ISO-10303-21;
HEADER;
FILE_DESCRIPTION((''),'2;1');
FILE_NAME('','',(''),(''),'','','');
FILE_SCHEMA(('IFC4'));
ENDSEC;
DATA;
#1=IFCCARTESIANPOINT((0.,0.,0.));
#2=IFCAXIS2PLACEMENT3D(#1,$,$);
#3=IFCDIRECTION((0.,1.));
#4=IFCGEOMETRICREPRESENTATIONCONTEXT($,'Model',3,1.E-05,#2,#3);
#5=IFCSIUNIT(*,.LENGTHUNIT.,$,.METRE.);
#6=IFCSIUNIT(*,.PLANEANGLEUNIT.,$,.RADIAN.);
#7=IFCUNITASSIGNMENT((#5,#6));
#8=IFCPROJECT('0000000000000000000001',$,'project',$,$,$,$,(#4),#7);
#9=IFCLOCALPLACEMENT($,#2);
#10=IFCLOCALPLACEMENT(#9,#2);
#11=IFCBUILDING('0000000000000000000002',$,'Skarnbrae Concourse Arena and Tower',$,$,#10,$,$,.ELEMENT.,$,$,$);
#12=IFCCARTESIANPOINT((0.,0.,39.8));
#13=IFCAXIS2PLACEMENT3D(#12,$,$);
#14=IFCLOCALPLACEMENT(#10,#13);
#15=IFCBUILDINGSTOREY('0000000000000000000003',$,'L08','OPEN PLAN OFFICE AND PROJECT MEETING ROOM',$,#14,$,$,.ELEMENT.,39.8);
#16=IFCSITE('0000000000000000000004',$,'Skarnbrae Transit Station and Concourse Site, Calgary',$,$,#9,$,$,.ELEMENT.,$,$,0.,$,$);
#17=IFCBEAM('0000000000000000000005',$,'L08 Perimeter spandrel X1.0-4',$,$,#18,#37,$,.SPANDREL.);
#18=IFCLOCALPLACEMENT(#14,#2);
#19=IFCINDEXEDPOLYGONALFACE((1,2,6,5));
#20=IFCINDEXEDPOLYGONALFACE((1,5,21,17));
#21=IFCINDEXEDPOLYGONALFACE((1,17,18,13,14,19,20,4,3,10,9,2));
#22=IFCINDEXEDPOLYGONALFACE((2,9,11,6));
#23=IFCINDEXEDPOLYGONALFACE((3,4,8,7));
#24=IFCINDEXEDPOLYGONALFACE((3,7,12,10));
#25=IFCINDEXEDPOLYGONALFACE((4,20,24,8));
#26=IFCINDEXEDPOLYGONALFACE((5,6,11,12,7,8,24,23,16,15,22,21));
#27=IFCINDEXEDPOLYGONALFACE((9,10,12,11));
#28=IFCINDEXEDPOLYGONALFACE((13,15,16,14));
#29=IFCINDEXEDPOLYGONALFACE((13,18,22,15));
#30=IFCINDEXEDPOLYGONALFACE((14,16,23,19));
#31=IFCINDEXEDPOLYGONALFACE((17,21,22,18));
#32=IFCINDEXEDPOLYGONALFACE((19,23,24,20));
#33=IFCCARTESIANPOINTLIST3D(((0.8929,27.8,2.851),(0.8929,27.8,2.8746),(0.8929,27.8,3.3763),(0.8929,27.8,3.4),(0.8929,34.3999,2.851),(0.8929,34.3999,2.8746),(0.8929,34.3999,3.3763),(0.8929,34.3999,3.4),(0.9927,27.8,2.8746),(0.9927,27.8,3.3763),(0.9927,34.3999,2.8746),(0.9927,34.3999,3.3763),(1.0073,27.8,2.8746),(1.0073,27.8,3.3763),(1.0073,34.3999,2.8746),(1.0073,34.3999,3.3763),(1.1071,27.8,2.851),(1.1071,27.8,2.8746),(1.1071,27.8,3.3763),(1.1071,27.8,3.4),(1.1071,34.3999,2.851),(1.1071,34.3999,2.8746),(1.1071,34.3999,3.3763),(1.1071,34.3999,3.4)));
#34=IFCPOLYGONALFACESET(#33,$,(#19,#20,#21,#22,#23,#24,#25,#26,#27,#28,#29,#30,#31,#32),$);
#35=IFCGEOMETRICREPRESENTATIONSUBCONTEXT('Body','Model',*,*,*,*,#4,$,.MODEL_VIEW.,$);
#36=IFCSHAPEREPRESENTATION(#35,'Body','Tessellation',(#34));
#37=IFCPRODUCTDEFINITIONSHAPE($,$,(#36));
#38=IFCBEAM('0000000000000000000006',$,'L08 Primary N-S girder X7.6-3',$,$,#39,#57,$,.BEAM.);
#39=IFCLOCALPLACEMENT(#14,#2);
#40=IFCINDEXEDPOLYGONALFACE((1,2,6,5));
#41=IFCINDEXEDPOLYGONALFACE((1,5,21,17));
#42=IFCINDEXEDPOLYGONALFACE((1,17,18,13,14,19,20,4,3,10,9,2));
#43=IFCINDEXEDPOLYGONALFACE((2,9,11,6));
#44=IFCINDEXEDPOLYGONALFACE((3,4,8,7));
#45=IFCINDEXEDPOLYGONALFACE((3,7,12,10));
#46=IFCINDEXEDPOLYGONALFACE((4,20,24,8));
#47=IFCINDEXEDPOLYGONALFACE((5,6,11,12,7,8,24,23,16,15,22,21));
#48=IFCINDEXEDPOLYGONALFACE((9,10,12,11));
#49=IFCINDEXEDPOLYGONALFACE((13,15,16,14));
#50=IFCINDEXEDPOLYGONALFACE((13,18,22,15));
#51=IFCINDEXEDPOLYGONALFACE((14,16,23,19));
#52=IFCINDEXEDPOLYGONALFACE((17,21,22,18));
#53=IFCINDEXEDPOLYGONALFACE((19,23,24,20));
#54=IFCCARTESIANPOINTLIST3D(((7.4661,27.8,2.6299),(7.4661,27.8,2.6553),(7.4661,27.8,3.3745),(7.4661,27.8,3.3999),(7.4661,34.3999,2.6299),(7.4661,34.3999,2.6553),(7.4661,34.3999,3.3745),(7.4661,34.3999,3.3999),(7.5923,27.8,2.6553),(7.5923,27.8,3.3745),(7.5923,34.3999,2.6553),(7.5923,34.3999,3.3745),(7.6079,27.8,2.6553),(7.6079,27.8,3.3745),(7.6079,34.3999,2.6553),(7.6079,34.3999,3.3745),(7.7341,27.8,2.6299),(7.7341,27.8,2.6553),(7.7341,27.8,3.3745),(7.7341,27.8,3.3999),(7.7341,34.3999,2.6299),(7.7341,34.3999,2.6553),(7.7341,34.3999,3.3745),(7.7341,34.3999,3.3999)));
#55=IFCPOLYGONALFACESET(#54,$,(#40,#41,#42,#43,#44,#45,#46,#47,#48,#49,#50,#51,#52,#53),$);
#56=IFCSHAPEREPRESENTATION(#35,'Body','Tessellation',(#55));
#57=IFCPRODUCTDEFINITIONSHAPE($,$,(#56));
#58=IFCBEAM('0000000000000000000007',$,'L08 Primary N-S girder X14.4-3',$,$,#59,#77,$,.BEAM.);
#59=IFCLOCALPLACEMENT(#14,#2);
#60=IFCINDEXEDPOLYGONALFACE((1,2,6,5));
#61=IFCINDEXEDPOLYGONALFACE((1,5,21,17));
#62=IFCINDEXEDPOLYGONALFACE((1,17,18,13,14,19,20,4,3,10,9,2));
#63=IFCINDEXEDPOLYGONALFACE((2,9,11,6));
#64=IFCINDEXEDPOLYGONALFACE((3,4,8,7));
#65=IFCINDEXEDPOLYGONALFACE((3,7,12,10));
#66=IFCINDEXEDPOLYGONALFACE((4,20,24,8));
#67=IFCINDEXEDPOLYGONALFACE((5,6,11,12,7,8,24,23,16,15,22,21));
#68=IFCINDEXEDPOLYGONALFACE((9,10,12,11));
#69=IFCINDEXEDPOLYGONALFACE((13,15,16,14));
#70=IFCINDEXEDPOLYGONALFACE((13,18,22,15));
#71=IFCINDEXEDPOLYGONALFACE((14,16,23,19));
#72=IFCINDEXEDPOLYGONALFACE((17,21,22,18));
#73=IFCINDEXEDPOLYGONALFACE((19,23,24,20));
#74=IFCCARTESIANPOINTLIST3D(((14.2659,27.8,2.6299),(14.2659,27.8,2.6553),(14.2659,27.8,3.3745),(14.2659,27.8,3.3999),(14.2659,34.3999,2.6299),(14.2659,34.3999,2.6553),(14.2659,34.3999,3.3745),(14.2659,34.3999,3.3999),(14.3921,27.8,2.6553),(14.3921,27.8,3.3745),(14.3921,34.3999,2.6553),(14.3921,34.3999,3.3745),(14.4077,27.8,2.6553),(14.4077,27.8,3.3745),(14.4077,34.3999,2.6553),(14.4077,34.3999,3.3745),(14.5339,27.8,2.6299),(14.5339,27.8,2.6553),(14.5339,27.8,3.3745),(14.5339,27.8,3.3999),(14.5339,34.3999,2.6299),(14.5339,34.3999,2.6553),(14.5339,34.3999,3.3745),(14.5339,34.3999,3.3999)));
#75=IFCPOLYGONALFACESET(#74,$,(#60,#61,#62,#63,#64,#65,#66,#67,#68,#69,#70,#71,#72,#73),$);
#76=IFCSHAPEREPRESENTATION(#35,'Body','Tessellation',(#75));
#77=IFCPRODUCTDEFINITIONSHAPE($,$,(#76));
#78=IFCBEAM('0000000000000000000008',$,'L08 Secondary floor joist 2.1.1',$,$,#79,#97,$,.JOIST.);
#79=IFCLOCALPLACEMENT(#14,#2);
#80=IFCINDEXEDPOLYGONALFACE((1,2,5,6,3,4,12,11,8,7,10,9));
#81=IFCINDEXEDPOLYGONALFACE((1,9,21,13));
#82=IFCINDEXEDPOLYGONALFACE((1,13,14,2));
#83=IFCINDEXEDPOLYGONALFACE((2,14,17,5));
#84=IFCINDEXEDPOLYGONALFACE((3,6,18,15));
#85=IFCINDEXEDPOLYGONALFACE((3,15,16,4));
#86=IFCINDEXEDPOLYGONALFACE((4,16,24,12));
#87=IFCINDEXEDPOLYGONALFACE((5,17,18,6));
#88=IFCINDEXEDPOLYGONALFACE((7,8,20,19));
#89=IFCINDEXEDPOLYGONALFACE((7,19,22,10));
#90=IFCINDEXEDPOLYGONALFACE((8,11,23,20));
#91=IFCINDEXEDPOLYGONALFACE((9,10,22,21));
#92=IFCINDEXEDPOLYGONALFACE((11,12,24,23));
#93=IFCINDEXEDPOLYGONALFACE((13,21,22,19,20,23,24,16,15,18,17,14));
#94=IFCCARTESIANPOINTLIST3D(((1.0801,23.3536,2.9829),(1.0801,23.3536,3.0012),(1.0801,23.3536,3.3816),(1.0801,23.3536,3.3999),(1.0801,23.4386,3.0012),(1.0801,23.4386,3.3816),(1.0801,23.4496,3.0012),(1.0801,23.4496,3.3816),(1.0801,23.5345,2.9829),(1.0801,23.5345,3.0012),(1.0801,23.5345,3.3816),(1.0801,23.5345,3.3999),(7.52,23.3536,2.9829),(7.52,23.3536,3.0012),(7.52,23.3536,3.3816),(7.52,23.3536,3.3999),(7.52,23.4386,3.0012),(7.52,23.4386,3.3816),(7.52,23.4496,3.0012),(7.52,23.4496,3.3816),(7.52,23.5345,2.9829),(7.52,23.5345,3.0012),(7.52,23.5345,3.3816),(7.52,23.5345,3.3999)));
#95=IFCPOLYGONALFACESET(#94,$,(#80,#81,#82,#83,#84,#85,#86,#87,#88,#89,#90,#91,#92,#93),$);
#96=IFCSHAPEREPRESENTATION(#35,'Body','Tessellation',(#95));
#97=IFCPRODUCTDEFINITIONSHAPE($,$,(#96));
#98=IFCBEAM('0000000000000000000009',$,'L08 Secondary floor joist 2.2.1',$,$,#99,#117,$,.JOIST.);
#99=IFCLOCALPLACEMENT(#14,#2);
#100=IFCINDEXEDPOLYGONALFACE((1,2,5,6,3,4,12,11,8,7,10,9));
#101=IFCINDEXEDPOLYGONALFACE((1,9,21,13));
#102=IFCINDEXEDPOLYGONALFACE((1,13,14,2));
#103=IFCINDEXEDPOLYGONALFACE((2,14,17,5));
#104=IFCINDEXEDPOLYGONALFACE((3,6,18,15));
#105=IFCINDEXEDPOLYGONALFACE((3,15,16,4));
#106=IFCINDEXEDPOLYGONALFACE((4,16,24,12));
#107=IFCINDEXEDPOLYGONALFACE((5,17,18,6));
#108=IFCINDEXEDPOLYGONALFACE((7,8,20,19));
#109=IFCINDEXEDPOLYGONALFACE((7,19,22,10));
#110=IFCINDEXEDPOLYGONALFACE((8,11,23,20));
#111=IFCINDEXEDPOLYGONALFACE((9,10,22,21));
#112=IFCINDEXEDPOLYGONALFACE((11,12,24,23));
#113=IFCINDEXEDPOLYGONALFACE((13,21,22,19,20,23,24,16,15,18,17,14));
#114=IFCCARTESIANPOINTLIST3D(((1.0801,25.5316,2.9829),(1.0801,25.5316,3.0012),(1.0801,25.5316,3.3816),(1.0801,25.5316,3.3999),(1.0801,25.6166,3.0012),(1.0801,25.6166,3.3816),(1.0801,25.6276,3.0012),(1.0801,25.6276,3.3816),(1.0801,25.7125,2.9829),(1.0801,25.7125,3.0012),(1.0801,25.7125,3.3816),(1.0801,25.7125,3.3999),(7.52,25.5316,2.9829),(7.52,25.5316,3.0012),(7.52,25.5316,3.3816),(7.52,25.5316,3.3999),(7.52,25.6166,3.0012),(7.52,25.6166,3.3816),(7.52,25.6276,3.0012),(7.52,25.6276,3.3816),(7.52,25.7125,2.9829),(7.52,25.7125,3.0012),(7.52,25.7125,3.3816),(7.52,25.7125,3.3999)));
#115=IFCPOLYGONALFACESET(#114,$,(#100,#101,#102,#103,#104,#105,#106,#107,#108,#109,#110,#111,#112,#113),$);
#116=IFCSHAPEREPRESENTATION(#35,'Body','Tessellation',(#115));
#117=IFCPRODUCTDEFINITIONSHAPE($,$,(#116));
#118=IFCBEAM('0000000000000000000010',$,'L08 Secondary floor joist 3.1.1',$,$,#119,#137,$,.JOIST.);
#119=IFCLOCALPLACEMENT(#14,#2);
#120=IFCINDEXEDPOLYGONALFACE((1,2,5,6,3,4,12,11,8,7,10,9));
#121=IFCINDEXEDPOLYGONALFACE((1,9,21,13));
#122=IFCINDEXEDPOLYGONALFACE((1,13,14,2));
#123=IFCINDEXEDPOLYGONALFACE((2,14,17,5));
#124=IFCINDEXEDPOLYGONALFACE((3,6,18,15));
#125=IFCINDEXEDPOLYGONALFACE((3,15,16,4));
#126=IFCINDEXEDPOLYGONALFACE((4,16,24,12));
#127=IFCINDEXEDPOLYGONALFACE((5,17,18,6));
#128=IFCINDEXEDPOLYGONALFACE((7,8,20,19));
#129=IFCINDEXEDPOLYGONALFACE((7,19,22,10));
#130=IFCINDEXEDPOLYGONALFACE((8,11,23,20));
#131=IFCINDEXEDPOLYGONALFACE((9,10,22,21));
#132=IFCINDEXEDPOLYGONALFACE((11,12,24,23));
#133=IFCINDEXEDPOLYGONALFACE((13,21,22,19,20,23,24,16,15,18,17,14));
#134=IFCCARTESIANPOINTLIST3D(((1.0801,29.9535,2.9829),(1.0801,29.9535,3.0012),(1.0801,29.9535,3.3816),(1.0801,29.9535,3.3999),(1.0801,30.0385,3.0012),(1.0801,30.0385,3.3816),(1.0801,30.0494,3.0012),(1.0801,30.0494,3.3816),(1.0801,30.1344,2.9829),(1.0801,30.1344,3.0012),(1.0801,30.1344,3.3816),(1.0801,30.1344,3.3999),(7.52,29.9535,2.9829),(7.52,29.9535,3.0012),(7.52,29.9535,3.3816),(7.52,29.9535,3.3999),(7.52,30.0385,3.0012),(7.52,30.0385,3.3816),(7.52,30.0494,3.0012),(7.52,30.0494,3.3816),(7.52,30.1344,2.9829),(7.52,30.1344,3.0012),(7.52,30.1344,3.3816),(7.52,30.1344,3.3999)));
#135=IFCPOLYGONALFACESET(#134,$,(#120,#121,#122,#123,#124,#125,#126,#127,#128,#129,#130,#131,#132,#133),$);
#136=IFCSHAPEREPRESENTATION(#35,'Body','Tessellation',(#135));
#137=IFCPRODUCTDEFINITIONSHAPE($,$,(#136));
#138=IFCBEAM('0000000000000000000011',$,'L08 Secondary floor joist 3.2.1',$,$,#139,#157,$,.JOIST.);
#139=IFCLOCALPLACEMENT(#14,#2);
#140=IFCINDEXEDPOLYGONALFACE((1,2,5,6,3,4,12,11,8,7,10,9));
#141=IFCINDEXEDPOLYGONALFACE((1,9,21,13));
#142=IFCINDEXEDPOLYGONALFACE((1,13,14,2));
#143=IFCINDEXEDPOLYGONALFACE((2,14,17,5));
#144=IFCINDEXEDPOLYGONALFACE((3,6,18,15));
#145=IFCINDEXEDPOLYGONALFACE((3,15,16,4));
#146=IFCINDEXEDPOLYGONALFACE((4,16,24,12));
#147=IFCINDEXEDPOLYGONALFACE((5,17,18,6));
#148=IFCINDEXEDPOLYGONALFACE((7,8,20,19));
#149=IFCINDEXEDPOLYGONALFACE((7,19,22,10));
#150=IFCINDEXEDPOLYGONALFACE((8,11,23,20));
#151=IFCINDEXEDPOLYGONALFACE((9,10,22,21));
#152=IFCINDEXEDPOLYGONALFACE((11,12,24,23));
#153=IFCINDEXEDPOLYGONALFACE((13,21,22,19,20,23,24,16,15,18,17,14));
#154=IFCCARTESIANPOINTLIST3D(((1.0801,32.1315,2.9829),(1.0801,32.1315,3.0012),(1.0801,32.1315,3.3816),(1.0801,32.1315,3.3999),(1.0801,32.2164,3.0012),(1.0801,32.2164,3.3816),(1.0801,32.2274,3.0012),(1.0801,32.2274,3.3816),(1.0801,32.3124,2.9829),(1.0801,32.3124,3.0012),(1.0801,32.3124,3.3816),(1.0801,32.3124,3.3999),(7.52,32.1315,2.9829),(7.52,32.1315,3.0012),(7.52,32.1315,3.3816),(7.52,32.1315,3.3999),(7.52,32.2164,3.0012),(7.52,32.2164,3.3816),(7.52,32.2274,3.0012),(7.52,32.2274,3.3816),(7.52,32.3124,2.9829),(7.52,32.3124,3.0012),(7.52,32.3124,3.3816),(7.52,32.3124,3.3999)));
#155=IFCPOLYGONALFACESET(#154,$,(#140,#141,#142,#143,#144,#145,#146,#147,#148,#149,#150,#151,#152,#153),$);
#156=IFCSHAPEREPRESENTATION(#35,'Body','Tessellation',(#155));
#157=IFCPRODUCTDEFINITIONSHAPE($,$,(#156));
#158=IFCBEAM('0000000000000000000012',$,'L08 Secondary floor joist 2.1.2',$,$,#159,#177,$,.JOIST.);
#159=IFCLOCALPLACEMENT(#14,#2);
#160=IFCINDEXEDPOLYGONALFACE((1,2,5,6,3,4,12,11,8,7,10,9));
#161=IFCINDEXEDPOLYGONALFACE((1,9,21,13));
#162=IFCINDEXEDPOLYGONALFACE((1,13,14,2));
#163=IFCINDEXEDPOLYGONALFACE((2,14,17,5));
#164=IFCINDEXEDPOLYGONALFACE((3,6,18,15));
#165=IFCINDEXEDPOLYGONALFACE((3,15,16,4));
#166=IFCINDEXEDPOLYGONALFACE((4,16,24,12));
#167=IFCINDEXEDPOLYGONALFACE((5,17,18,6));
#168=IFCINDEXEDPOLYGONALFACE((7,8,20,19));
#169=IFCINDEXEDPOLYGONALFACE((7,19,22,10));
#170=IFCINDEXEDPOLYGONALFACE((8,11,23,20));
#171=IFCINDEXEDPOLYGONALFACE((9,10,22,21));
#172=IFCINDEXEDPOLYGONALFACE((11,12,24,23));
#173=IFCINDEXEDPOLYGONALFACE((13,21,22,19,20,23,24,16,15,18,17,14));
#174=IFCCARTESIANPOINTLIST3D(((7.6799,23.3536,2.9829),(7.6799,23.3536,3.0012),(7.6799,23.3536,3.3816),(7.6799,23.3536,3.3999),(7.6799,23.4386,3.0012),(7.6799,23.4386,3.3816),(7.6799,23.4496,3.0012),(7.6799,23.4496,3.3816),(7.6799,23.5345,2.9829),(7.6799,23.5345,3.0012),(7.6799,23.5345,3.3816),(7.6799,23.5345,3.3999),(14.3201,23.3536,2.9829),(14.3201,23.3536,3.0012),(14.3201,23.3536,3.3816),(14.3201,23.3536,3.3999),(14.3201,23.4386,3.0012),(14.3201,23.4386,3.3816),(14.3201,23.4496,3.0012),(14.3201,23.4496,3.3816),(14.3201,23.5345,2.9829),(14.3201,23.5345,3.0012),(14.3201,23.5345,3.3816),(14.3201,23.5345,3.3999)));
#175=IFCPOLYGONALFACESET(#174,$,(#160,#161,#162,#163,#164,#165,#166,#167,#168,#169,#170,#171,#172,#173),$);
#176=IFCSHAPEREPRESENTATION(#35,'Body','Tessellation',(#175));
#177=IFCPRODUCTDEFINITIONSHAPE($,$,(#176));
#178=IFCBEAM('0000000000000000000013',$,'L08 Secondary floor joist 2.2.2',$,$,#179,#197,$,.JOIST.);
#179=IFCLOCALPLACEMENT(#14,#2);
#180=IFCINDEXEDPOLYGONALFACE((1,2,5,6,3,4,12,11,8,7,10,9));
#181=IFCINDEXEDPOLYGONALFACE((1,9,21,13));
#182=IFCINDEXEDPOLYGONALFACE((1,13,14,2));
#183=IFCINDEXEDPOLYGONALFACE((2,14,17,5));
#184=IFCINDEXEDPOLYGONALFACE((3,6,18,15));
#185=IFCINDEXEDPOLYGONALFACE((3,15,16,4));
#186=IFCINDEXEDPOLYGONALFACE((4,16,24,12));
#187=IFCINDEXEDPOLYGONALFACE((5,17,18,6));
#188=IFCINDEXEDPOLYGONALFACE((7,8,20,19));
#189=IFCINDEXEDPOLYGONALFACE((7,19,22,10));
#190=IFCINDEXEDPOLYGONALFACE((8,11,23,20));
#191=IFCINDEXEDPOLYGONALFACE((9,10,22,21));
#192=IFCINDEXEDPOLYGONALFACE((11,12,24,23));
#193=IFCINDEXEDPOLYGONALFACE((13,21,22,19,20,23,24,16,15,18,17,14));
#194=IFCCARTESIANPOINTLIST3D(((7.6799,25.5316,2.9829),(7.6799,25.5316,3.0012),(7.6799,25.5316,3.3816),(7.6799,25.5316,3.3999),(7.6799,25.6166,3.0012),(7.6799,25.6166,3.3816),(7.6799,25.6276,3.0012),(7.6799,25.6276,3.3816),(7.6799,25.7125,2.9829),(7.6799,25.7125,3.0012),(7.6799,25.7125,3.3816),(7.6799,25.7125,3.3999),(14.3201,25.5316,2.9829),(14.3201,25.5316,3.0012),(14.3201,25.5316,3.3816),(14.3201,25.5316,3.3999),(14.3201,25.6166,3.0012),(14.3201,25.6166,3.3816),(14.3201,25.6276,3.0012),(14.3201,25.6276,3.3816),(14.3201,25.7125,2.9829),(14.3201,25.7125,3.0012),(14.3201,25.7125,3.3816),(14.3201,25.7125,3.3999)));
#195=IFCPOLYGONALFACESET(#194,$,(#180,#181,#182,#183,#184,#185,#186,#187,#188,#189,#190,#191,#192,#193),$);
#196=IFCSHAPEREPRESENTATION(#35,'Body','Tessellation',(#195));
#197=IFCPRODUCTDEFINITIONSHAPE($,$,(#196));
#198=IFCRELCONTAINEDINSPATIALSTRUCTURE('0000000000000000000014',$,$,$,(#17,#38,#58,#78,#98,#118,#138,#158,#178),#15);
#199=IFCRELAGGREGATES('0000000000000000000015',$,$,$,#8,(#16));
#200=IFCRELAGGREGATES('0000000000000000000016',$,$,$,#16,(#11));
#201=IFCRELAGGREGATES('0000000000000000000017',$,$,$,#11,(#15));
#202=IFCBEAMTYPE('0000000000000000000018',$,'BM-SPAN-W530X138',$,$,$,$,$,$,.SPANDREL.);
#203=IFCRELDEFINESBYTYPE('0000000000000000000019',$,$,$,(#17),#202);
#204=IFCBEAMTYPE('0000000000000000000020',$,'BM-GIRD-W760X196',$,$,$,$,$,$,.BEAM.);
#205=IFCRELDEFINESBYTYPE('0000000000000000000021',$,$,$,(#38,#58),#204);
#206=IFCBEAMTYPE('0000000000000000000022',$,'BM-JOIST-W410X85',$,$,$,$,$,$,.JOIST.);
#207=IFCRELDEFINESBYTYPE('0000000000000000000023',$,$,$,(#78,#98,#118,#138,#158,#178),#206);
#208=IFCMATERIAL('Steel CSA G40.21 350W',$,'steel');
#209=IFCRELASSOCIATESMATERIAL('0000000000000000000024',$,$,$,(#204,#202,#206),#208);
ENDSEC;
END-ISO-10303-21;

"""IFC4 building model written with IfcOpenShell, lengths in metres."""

from ifc_helpers import new_model, si_unit, direction, frame, origin, origin_2d, place, context, subcontext, project, spatial, i_section, extrude, source, transform, mapped, material, material_profile, profile_set, type_object, element, save


model = new_model("IFC4")

# Units and contexts
model_context = context("Model", 3, precision=1e-05, world=origin(), true_north=direction((0.0, 1.0)))
body_context = subcontext(model_context, "Body", "Model", "MODEL_VIEW")
ifc_project = project(units=[si_unit("LENGTHUNIT", "METRE"), si_unit("PLANEANGLEUNIT", "RADIAN")], contexts=[model_context])

# Site, building, storey
site_placement = place(None, origin())
site = spatial("IfcSite", under=ifc_project, at=site_placement, Name="Skarnbrae Transit Station and Concourse Site, Calgary", CompositionType="ELEMENT", RefElevation=0.0)
building_placement = place(site_placement, origin())
building = spatial("IfcBuilding", under=site, at=building_placement, Name="Skarnbrae Concourse Arena and Tower", CompositionType="ELEMENT")
storey_placement = place(building_placement, frame((0.0, 0.0, 39.8)))
storey = spatial("IfcBuildingStorey", under=building, at=storey_placement, Name="L08", Description="OPEN PLAN OFFICE AND PROJECT MEETING ROOM", CompositionType="ELEMENT", Elevation=39.8)

# Shared definitions
ifc_material_1 = material(Name="Steel CSA G40.21 350W", Category="steel")

# Beams
ifc_material_profile_1 = material_profile(ifc_material_1, i_section(OverallWidth=0.2681, OverallDepth=0.77, WebThickness=0.0156, FlangeThickness=0.0254, at=origin_2d()), Name="W760X196")
ifc_profile_set_1 = profile_set([ifc_material_profile_1], Name="Steel CSA G40.21 350W")
beam_type_1 = type_object("IfcBeamType", Name="BM-GIRD-W760X196", PredefinedType="BEAM", material=ifc_profile_set_1)
ifc_material_profile_2 = material_profile(ifc_material_1, i_section(OverallWidth=0.2141, OverallDepth=0.5491, WebThickness=0.0146, FlangeThickness=0.0237, at=origin_2d()), Name="W530X138")
ifc_profile_set_2 = profile_set([ifc_material_profile_2], Name="Steel CSA G40.21 350W")
beam_type_2 = type_object("IfcBeamType", Name="BM-SPAN-W530X138", PredefinedType="SPANDREL", material=ifc_profile_set_2)
shared_shape_1 = source(origin(), body_context, "Body", "SweptSolid", [
    extrude(i_section(OverallWidth=0.2141, OverallDepth=0.5491, WebThickness=0.0146, FlangeThickness=0.0237, at=origin_2d()), origin(), (0.0, 0.0, 1.0), 6.5999),
])
beam_1_placement = place(storey_placement, frame((1.0, 27.8, 3.1255), z_axis=(0.0, 1.0, 0.0), x_axis=(-1.0, 0.0, 0.0)))
element("IfcBeam", 1, at=beam_1_placement, inside=storey, type_object=beam_type_2, Name="L08 Perimeter spandrel X1.0-4", PredefinedType="SPANDREL", context=body_context, shape_type="MappedRepresentation", body=[
    mapped(shared_shape_1, transform((0.0, 0.0, 0.0))),
])
shared_shape_2 = source(origin(), body_context, "Body", "SweptSolid", [
    extrude(i_section(OverallWidth=0.2681, OverallDepth=0.77, WebThickness=0.0156, FlangeThickness=0.0254, at=origin_2d()), origin(), (0.0, 0.0, 1.0), 6.5999),
])
for number, where, z_axis, x_axis, name in (
    (2, (7.6001, 27.8, 3.0149), (0.0, 1.0, 0.0), (-1.0, 0.0, 0.0), "L08 Primary N-S girder X7.6-3"),
    (3, (14.3999, 27.8, 3.0149), (0.0, 1.0, 0.0), (-1.0, 0.0, 0.0), "L08 Primary N-S girder X14.4-3"),
):
    element("IfcBeam", number, at=place(storey_placement, frame(where, z_axis=z_axis, x_axis=x_axis)), inside=storey, type_object=beam_type_1, Name=name, PredefinedType="BEAM", context=body_context, shape_type="MappedRepresentation", body=[
        mapped(shared_shape_2, transform((0.0, 0.0, 0.0))),
    ])
ifc_material_profile_3 = material_profile(ifc_material_1, i_section(OverallWidth=0.1809, OverallDepth=0.417, WebThickness=0.011, FlangeThickness=0.0183, at=origin_2d()), Name="W410X85")
ifc_profile_set_3 = profile_set([ifc_material_profile_3], Name="Steel CSA G40.21 350W")
beam_type_3 = type_object("IfcBeamType", Name="BM-JOIST-W410X85", PredefinedType="JOIST", material=ifc_profile_set_3)
shared_shape_3 = source(origin(), body_context, "Body", "SweptSolid", [
    extrude(i_section(OverallWidth=0.1809, OverallDepth=0.417, WebThickness=0.011, FlangeThickness=0.0183, at=origin_2d()), origin(), (0.0, 0.0, 1.0), 6.4399),
])
for number, where, z_axis, x_axis, name in (
    (4, (1.0801, 23.4441, 3.1914), (1.0, 0.0, 0.0), (0.0, 1.0, 0.0), "L08 Secondary floor joist 2.1.1"),
    (5, (1.0801, 25.6221, 3.1914), (1.0, 0.0, 0.0), (0.0, 1.0, 0.0), "L08 Secondary floor joist 2.2.1"),
    (6, (1.0801, 30.0439, 3.1914), (1.0, 0.0, 0.0), (0.0, 1.0, 0.0), "L08 Secondary floor joist 3.1.1"),
    (7, (1.0801, 32.2219, 3.1914), (1.0, 0.0, 0.0), (0.0, 1.0, 0.0), "L08 Secondary floor joist 3.2.1"),
):
    element("IfcBeam", number, at=place(storey_placement, frame(where, z_axis=z_axis, x_axis=x_axis)), inside=storey, type_object=beam_type_3, Name=name, PredefinedType="JOIST", context=body_context, shape_type="MappedRepresentation", body=[
        mapped(shared_shape_3, transform((0.0, 0.0, 0.0))),
    ])
shared_shape_4 = source(origin(), body_context, "Body", "SweptSolid", [
    extrude(i_section(OverallWidth=0.1809, OverallDepth=0.417, WebThickness=0.011, FlangeThickness=0.0183, at=origin_2d()), origin(), (0.0, 0.0, 1.0), 6.6401),
])
for number, where, z_axis, x_axis, name in (
    (8, (7.6799, 23.4441, 3.1914), (1.0, 0.0, 0.0), (0.0, 1.0, 0.0), "L08 Secondary floor joist 2.1.2"),
    (9, (7.6799, 25.6221, 3.1914), (1.0, 0.0, 0.0), (0.0, 1.0, 0.0), "L08 Secondary floor joist 2.2.2"),
):
    element("IfcBeam", number, at=place(storey_placement, frame(where, z_axis=z_axis, x_axis=x_axis)), inside=storey, type_object=beam_type_3, Name=name, PredefinedType="JOIST", context=body_context, shape_type="MappedRepresentation", body=[
        mapped(shared_shape_4, transform((0.0, 0.0, 0.0))),
    ])

save(model, "model.ifc")
